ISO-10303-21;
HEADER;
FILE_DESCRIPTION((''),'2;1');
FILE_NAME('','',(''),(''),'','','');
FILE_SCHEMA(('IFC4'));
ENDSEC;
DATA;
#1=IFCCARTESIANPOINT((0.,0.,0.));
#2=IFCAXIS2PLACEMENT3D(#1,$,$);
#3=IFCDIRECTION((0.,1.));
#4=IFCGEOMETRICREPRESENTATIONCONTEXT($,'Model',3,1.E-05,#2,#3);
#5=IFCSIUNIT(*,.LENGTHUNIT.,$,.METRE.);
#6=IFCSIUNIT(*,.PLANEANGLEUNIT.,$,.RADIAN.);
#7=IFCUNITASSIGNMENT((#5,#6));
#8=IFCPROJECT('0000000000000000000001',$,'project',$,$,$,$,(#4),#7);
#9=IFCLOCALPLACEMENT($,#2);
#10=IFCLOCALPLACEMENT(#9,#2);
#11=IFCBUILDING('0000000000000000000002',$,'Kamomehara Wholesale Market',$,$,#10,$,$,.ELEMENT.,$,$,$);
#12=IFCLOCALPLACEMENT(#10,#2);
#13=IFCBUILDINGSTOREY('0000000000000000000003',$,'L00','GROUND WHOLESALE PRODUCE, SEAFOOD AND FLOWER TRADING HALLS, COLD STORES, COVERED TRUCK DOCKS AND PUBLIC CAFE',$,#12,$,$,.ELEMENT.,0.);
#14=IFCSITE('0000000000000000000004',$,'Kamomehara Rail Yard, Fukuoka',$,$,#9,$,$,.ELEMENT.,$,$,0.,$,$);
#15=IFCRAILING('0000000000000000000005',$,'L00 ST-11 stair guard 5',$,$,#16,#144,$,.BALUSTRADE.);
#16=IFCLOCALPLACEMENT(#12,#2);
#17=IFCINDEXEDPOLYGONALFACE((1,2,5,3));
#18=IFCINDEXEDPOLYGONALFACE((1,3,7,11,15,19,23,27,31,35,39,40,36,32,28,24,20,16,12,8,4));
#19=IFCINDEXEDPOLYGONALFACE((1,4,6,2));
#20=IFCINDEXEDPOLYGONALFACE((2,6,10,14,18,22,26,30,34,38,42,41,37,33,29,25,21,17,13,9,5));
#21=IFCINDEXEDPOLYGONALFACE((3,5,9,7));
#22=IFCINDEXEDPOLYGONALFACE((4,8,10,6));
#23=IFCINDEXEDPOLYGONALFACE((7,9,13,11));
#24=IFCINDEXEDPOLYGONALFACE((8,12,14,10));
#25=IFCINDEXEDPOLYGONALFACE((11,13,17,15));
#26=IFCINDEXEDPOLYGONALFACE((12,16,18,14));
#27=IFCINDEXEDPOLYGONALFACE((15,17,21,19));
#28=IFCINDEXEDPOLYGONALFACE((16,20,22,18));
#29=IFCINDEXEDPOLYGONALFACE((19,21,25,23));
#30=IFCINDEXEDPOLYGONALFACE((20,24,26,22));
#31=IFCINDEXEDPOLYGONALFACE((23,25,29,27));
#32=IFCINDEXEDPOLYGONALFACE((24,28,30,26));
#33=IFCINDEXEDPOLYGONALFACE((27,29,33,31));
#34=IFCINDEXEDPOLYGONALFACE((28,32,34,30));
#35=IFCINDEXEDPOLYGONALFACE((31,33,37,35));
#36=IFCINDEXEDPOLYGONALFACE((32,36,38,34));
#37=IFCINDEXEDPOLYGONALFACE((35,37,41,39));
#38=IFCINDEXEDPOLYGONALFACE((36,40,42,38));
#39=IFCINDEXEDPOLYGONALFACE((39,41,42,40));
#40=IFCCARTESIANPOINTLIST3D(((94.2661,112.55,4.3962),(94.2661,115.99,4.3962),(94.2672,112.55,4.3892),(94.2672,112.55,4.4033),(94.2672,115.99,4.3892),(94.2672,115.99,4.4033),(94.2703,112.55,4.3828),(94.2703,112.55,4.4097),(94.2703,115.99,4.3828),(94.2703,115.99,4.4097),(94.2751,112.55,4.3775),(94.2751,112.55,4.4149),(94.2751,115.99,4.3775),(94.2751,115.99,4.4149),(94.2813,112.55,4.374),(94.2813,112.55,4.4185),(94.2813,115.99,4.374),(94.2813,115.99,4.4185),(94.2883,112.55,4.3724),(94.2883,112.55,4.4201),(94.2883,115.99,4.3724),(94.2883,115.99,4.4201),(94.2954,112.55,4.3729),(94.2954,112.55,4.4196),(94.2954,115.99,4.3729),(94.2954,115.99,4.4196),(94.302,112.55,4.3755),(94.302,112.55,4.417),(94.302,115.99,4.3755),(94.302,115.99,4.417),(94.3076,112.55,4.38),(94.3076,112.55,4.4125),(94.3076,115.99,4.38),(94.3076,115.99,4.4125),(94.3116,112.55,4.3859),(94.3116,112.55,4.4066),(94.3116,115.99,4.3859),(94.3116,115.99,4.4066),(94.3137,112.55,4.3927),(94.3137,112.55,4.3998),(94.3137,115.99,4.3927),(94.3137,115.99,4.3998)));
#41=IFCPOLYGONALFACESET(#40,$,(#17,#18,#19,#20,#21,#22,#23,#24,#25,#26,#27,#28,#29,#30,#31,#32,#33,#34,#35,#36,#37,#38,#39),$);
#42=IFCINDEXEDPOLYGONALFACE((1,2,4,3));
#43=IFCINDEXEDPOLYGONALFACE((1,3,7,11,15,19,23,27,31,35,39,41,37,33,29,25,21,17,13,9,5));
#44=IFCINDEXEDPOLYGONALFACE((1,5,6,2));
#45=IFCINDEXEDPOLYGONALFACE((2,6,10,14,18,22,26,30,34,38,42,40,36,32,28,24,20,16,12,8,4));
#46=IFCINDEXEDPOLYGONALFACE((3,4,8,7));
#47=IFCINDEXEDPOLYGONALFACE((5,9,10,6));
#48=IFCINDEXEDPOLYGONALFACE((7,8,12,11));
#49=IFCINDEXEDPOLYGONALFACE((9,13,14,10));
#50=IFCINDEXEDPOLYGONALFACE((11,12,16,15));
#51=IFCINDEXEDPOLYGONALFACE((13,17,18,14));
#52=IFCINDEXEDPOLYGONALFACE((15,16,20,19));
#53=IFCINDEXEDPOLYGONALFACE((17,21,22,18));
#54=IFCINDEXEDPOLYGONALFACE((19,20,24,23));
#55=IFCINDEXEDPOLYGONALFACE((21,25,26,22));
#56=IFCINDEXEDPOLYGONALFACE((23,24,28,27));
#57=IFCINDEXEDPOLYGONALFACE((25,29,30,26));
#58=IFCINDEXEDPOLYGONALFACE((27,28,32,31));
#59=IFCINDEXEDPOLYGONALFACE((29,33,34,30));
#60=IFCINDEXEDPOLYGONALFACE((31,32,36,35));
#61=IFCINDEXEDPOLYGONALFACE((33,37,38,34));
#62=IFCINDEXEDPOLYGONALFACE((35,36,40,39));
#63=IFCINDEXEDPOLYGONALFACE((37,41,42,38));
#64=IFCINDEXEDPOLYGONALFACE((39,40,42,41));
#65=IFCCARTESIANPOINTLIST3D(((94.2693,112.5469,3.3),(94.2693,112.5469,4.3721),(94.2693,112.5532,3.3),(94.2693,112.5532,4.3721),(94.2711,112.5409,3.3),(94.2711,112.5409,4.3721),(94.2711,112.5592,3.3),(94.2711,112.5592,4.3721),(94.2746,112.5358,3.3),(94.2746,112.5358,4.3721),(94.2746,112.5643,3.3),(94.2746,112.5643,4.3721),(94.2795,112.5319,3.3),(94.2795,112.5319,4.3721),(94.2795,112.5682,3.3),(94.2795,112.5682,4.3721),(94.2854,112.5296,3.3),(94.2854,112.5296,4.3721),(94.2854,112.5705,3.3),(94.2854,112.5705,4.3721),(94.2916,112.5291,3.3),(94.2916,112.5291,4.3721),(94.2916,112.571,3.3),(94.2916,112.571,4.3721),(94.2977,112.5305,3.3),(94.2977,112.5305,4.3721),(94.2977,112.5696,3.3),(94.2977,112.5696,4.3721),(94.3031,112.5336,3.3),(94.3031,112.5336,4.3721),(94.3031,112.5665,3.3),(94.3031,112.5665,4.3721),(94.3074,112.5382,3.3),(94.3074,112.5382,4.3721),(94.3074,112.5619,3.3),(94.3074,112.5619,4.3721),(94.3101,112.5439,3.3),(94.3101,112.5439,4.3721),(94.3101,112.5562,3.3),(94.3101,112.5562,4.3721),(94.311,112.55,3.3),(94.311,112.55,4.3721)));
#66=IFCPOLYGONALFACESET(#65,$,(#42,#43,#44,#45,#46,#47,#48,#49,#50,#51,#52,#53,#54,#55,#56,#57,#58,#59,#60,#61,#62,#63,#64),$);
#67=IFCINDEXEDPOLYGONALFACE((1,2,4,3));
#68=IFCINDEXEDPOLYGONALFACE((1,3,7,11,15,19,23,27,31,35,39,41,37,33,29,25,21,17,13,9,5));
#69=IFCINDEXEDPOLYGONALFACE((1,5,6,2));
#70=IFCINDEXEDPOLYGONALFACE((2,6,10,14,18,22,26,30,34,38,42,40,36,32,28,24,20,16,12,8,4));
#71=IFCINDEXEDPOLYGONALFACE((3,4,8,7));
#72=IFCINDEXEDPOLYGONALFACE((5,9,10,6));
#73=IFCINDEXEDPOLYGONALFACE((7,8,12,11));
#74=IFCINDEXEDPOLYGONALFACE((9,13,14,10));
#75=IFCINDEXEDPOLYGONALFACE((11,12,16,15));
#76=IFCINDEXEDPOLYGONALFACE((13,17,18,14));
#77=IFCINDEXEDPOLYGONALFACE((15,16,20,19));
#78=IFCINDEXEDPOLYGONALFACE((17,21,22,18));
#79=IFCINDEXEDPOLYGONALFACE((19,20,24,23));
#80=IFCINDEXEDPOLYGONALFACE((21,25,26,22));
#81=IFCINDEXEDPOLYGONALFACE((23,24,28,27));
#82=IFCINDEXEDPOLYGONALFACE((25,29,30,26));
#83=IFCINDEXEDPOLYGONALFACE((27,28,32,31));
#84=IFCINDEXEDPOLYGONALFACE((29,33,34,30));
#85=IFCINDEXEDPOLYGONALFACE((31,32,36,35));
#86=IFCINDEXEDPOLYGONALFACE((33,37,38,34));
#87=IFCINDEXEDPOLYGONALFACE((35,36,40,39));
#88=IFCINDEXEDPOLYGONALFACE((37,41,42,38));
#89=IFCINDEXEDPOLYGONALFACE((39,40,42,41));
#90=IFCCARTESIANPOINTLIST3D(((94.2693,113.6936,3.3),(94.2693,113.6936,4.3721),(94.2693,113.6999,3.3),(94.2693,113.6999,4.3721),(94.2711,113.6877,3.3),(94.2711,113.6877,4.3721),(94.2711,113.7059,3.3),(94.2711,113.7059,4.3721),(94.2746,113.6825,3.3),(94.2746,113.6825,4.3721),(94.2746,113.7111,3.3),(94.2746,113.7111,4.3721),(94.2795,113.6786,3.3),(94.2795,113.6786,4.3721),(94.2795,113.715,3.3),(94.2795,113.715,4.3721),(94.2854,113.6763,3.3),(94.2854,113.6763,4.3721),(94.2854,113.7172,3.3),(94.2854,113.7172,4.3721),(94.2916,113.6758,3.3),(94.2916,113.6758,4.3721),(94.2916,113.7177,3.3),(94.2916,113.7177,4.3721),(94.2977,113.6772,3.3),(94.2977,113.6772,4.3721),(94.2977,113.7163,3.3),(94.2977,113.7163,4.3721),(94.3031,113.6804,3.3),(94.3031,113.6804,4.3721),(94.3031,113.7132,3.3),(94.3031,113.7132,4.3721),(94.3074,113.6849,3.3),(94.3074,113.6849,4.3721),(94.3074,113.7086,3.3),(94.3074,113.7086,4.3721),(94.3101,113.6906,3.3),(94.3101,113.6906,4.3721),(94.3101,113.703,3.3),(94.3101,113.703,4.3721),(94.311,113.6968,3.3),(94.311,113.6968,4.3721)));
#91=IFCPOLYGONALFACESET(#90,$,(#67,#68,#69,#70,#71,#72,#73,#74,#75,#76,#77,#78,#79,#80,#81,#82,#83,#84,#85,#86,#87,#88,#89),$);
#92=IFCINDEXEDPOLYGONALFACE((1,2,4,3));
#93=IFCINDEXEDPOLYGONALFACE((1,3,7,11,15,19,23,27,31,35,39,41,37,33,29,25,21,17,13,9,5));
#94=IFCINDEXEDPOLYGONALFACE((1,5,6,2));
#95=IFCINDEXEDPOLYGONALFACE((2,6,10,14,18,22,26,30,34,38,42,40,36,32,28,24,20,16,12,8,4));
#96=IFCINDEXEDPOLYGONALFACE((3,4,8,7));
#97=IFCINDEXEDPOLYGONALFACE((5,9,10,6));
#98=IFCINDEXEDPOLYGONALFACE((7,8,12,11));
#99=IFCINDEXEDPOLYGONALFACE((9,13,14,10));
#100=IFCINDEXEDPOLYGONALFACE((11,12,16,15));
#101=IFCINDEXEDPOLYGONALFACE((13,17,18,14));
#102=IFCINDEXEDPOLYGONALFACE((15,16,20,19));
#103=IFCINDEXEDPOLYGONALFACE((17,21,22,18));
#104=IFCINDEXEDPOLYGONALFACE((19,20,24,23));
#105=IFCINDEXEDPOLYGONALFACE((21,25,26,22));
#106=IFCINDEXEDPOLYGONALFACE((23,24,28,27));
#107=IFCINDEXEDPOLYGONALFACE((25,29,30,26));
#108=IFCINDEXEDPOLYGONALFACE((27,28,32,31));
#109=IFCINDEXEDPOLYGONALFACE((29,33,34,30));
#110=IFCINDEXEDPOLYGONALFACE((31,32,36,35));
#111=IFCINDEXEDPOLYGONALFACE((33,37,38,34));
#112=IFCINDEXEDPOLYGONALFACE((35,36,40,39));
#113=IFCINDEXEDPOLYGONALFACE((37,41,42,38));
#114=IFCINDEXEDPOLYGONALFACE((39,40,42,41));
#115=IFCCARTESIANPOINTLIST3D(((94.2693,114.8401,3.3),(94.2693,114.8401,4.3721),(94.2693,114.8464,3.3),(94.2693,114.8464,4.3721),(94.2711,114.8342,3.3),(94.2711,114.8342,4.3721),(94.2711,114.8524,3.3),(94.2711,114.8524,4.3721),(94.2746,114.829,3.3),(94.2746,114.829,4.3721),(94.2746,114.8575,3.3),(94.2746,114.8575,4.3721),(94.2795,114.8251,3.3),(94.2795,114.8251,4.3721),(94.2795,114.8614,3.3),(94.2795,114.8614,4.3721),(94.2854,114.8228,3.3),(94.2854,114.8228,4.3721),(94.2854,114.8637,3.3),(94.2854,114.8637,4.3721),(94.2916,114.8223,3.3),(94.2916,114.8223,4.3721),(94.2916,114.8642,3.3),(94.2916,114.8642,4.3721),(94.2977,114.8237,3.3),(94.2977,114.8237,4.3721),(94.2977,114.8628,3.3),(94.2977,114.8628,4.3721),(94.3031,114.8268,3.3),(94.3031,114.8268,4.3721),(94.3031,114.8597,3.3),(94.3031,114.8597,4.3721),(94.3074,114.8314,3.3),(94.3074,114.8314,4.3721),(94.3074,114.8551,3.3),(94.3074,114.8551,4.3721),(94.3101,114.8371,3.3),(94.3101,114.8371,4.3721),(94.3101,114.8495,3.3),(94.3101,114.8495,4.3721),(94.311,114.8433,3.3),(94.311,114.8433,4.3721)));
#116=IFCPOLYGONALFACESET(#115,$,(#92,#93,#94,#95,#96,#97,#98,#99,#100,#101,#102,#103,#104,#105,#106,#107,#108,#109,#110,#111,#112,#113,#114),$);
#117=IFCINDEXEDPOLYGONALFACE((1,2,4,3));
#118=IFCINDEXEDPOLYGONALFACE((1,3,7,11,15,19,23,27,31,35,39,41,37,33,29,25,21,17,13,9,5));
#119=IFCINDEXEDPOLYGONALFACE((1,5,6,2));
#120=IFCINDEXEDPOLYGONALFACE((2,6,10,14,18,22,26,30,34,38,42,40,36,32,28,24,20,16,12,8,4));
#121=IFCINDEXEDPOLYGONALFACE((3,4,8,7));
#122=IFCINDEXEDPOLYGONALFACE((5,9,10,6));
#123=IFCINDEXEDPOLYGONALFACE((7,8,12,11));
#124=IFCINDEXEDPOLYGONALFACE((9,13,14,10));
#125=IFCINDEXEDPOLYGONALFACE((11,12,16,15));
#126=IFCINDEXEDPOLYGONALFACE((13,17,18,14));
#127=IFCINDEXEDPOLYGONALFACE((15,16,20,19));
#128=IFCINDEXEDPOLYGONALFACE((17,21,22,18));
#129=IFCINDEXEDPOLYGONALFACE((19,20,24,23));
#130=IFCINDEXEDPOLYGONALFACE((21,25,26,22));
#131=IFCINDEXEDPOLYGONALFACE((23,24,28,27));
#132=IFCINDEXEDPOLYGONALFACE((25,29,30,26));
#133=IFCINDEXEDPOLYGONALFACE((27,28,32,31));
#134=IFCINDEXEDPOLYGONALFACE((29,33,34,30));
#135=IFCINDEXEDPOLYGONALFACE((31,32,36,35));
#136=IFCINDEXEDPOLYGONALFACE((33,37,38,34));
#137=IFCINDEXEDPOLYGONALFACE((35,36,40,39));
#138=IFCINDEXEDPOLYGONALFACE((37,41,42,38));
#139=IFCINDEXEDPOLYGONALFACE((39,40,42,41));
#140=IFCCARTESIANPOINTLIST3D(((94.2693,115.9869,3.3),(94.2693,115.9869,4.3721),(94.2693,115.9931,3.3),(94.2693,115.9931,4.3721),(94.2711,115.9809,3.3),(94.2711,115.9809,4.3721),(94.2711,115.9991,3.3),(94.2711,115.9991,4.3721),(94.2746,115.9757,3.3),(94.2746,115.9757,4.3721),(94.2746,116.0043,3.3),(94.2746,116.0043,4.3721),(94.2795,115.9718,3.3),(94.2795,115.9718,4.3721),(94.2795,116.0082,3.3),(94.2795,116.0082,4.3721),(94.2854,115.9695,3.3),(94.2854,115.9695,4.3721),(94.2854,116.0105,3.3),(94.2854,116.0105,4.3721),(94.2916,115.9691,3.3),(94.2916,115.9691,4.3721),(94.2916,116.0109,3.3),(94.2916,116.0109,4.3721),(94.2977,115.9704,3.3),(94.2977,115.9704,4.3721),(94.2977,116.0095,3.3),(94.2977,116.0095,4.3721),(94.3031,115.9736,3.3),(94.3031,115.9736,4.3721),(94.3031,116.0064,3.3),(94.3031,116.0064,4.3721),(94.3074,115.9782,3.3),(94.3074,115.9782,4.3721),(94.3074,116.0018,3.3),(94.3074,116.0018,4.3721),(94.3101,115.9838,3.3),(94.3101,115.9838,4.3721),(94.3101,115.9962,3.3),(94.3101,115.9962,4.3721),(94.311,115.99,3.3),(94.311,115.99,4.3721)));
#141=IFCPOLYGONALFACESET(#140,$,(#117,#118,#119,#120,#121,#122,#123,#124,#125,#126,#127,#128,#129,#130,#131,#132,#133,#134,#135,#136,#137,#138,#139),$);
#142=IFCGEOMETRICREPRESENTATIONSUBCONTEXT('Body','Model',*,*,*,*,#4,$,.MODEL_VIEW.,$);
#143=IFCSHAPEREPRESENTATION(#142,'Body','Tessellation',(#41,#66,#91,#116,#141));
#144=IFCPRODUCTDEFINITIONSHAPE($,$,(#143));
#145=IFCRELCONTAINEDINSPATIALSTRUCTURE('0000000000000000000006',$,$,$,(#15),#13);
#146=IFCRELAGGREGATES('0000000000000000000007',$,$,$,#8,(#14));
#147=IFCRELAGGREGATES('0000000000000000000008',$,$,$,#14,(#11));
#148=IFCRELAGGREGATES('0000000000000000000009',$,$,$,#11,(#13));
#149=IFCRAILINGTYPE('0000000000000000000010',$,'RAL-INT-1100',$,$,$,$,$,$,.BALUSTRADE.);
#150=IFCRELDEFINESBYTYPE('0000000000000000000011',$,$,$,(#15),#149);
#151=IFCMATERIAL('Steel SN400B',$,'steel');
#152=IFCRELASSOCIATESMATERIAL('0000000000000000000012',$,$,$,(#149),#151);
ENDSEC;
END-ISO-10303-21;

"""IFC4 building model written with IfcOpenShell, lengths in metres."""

from ifc_helpers import new_model, si_unit, direction, frame, origin, origin_2d, place, context, subcontext, project, spatial, circle, extrude, material, type_object, element, save


model = new_model("IFC4")

# Units and contexts
model_context = context("Model", 3, precision=1e-05, world=origin(), true_north=direction((0.0, 1.0)))
body_context = subcontext(model_context, "Body", "Model", "MODEL_VIEW")
ifc_project = project(units=[si_unit("LENGTHUNIT", "METRE"), si_unit("PLANEANGLEUNIT", "RADIAN")], contexts=[model_context])

# Site, building, storey
site_placement = place(None, origin())
site = spatial("IfcSite", under=ifc_project, at=site_placement, Name="Kamomehara Rail Yard, Fukuoka", CompositionType="ELEMENT", RefElevation=0.0)
building_placement = place(site_placement, origin())
building = spatial("IfcBuilding", under=site, at=building_placement, Name="Kamomehara Wholesale Market", CompositionType="ELEMENT")
storey_placement = place(building_placement, origin())
storey = spatial("IfcBuildingStorey", under=building, at=storey_placement, Name="L00", Description="GROUND WHOLESALE PRODUCE, SEAFOOD AND FLOWER TRADING HALLS, COLD STORES, COVERED TRUCK DOCKS AND PUBLIC CAFE", CompositionType="ELEMENT", Elevation=0.0)

# Railing
ifc_material_1 = material(Name="Steel SN400B", Category="steel")
railing_type_1 = type_object("IfcRailingType", Name="RAL-INT-1100", PredefinedType="BALUSTRADE", material=ifc_material_1)
railing_1_placement = place(storey_placement, frame((94.29, 112.55, 3.3)))
element("IfcRailing", 1, at=railing_1_placement, inside=storey, type_object=railing_type_1, Name="L00 ST-11 stair guard 5", PredefinedType="BALUSTRADE", context=body_context, shape_type="SweptSolid", body=[
    extrude(circle(Radius=0.0239, at=origin_2d()), frame((0.0, 0.0, 1.0962), z_axis=(0.0, 1.0, 0.0), x_axis=(-1.0, 0.0, 0.0)), (0.0, 0.0, 1.0), 3.4399),
    extrude(circle(Radius=0.021, at=origin_2d()), origin(), (0.0, 0.0, 1.0), 1.072),
    extrude(circle(Radius=0.021, at=origin_2d()), frame((0.0, 1.1467, 0.0)), (0.0, 0.0, 1.0), 1.072),
    extrude(circle(Radius=0.021, at=origin_2d()), frame((0.0, 2.2932, 0.0)), (0.0, 0.0, 1.0), 1.072),
    extrude(circle(Radius=0.021, at=origin_2d()), frame((0.0, 3.4399, 0.0)), (0.0, 0.0, 1.0), 1.072),
])

save(model, "model.ifc")
